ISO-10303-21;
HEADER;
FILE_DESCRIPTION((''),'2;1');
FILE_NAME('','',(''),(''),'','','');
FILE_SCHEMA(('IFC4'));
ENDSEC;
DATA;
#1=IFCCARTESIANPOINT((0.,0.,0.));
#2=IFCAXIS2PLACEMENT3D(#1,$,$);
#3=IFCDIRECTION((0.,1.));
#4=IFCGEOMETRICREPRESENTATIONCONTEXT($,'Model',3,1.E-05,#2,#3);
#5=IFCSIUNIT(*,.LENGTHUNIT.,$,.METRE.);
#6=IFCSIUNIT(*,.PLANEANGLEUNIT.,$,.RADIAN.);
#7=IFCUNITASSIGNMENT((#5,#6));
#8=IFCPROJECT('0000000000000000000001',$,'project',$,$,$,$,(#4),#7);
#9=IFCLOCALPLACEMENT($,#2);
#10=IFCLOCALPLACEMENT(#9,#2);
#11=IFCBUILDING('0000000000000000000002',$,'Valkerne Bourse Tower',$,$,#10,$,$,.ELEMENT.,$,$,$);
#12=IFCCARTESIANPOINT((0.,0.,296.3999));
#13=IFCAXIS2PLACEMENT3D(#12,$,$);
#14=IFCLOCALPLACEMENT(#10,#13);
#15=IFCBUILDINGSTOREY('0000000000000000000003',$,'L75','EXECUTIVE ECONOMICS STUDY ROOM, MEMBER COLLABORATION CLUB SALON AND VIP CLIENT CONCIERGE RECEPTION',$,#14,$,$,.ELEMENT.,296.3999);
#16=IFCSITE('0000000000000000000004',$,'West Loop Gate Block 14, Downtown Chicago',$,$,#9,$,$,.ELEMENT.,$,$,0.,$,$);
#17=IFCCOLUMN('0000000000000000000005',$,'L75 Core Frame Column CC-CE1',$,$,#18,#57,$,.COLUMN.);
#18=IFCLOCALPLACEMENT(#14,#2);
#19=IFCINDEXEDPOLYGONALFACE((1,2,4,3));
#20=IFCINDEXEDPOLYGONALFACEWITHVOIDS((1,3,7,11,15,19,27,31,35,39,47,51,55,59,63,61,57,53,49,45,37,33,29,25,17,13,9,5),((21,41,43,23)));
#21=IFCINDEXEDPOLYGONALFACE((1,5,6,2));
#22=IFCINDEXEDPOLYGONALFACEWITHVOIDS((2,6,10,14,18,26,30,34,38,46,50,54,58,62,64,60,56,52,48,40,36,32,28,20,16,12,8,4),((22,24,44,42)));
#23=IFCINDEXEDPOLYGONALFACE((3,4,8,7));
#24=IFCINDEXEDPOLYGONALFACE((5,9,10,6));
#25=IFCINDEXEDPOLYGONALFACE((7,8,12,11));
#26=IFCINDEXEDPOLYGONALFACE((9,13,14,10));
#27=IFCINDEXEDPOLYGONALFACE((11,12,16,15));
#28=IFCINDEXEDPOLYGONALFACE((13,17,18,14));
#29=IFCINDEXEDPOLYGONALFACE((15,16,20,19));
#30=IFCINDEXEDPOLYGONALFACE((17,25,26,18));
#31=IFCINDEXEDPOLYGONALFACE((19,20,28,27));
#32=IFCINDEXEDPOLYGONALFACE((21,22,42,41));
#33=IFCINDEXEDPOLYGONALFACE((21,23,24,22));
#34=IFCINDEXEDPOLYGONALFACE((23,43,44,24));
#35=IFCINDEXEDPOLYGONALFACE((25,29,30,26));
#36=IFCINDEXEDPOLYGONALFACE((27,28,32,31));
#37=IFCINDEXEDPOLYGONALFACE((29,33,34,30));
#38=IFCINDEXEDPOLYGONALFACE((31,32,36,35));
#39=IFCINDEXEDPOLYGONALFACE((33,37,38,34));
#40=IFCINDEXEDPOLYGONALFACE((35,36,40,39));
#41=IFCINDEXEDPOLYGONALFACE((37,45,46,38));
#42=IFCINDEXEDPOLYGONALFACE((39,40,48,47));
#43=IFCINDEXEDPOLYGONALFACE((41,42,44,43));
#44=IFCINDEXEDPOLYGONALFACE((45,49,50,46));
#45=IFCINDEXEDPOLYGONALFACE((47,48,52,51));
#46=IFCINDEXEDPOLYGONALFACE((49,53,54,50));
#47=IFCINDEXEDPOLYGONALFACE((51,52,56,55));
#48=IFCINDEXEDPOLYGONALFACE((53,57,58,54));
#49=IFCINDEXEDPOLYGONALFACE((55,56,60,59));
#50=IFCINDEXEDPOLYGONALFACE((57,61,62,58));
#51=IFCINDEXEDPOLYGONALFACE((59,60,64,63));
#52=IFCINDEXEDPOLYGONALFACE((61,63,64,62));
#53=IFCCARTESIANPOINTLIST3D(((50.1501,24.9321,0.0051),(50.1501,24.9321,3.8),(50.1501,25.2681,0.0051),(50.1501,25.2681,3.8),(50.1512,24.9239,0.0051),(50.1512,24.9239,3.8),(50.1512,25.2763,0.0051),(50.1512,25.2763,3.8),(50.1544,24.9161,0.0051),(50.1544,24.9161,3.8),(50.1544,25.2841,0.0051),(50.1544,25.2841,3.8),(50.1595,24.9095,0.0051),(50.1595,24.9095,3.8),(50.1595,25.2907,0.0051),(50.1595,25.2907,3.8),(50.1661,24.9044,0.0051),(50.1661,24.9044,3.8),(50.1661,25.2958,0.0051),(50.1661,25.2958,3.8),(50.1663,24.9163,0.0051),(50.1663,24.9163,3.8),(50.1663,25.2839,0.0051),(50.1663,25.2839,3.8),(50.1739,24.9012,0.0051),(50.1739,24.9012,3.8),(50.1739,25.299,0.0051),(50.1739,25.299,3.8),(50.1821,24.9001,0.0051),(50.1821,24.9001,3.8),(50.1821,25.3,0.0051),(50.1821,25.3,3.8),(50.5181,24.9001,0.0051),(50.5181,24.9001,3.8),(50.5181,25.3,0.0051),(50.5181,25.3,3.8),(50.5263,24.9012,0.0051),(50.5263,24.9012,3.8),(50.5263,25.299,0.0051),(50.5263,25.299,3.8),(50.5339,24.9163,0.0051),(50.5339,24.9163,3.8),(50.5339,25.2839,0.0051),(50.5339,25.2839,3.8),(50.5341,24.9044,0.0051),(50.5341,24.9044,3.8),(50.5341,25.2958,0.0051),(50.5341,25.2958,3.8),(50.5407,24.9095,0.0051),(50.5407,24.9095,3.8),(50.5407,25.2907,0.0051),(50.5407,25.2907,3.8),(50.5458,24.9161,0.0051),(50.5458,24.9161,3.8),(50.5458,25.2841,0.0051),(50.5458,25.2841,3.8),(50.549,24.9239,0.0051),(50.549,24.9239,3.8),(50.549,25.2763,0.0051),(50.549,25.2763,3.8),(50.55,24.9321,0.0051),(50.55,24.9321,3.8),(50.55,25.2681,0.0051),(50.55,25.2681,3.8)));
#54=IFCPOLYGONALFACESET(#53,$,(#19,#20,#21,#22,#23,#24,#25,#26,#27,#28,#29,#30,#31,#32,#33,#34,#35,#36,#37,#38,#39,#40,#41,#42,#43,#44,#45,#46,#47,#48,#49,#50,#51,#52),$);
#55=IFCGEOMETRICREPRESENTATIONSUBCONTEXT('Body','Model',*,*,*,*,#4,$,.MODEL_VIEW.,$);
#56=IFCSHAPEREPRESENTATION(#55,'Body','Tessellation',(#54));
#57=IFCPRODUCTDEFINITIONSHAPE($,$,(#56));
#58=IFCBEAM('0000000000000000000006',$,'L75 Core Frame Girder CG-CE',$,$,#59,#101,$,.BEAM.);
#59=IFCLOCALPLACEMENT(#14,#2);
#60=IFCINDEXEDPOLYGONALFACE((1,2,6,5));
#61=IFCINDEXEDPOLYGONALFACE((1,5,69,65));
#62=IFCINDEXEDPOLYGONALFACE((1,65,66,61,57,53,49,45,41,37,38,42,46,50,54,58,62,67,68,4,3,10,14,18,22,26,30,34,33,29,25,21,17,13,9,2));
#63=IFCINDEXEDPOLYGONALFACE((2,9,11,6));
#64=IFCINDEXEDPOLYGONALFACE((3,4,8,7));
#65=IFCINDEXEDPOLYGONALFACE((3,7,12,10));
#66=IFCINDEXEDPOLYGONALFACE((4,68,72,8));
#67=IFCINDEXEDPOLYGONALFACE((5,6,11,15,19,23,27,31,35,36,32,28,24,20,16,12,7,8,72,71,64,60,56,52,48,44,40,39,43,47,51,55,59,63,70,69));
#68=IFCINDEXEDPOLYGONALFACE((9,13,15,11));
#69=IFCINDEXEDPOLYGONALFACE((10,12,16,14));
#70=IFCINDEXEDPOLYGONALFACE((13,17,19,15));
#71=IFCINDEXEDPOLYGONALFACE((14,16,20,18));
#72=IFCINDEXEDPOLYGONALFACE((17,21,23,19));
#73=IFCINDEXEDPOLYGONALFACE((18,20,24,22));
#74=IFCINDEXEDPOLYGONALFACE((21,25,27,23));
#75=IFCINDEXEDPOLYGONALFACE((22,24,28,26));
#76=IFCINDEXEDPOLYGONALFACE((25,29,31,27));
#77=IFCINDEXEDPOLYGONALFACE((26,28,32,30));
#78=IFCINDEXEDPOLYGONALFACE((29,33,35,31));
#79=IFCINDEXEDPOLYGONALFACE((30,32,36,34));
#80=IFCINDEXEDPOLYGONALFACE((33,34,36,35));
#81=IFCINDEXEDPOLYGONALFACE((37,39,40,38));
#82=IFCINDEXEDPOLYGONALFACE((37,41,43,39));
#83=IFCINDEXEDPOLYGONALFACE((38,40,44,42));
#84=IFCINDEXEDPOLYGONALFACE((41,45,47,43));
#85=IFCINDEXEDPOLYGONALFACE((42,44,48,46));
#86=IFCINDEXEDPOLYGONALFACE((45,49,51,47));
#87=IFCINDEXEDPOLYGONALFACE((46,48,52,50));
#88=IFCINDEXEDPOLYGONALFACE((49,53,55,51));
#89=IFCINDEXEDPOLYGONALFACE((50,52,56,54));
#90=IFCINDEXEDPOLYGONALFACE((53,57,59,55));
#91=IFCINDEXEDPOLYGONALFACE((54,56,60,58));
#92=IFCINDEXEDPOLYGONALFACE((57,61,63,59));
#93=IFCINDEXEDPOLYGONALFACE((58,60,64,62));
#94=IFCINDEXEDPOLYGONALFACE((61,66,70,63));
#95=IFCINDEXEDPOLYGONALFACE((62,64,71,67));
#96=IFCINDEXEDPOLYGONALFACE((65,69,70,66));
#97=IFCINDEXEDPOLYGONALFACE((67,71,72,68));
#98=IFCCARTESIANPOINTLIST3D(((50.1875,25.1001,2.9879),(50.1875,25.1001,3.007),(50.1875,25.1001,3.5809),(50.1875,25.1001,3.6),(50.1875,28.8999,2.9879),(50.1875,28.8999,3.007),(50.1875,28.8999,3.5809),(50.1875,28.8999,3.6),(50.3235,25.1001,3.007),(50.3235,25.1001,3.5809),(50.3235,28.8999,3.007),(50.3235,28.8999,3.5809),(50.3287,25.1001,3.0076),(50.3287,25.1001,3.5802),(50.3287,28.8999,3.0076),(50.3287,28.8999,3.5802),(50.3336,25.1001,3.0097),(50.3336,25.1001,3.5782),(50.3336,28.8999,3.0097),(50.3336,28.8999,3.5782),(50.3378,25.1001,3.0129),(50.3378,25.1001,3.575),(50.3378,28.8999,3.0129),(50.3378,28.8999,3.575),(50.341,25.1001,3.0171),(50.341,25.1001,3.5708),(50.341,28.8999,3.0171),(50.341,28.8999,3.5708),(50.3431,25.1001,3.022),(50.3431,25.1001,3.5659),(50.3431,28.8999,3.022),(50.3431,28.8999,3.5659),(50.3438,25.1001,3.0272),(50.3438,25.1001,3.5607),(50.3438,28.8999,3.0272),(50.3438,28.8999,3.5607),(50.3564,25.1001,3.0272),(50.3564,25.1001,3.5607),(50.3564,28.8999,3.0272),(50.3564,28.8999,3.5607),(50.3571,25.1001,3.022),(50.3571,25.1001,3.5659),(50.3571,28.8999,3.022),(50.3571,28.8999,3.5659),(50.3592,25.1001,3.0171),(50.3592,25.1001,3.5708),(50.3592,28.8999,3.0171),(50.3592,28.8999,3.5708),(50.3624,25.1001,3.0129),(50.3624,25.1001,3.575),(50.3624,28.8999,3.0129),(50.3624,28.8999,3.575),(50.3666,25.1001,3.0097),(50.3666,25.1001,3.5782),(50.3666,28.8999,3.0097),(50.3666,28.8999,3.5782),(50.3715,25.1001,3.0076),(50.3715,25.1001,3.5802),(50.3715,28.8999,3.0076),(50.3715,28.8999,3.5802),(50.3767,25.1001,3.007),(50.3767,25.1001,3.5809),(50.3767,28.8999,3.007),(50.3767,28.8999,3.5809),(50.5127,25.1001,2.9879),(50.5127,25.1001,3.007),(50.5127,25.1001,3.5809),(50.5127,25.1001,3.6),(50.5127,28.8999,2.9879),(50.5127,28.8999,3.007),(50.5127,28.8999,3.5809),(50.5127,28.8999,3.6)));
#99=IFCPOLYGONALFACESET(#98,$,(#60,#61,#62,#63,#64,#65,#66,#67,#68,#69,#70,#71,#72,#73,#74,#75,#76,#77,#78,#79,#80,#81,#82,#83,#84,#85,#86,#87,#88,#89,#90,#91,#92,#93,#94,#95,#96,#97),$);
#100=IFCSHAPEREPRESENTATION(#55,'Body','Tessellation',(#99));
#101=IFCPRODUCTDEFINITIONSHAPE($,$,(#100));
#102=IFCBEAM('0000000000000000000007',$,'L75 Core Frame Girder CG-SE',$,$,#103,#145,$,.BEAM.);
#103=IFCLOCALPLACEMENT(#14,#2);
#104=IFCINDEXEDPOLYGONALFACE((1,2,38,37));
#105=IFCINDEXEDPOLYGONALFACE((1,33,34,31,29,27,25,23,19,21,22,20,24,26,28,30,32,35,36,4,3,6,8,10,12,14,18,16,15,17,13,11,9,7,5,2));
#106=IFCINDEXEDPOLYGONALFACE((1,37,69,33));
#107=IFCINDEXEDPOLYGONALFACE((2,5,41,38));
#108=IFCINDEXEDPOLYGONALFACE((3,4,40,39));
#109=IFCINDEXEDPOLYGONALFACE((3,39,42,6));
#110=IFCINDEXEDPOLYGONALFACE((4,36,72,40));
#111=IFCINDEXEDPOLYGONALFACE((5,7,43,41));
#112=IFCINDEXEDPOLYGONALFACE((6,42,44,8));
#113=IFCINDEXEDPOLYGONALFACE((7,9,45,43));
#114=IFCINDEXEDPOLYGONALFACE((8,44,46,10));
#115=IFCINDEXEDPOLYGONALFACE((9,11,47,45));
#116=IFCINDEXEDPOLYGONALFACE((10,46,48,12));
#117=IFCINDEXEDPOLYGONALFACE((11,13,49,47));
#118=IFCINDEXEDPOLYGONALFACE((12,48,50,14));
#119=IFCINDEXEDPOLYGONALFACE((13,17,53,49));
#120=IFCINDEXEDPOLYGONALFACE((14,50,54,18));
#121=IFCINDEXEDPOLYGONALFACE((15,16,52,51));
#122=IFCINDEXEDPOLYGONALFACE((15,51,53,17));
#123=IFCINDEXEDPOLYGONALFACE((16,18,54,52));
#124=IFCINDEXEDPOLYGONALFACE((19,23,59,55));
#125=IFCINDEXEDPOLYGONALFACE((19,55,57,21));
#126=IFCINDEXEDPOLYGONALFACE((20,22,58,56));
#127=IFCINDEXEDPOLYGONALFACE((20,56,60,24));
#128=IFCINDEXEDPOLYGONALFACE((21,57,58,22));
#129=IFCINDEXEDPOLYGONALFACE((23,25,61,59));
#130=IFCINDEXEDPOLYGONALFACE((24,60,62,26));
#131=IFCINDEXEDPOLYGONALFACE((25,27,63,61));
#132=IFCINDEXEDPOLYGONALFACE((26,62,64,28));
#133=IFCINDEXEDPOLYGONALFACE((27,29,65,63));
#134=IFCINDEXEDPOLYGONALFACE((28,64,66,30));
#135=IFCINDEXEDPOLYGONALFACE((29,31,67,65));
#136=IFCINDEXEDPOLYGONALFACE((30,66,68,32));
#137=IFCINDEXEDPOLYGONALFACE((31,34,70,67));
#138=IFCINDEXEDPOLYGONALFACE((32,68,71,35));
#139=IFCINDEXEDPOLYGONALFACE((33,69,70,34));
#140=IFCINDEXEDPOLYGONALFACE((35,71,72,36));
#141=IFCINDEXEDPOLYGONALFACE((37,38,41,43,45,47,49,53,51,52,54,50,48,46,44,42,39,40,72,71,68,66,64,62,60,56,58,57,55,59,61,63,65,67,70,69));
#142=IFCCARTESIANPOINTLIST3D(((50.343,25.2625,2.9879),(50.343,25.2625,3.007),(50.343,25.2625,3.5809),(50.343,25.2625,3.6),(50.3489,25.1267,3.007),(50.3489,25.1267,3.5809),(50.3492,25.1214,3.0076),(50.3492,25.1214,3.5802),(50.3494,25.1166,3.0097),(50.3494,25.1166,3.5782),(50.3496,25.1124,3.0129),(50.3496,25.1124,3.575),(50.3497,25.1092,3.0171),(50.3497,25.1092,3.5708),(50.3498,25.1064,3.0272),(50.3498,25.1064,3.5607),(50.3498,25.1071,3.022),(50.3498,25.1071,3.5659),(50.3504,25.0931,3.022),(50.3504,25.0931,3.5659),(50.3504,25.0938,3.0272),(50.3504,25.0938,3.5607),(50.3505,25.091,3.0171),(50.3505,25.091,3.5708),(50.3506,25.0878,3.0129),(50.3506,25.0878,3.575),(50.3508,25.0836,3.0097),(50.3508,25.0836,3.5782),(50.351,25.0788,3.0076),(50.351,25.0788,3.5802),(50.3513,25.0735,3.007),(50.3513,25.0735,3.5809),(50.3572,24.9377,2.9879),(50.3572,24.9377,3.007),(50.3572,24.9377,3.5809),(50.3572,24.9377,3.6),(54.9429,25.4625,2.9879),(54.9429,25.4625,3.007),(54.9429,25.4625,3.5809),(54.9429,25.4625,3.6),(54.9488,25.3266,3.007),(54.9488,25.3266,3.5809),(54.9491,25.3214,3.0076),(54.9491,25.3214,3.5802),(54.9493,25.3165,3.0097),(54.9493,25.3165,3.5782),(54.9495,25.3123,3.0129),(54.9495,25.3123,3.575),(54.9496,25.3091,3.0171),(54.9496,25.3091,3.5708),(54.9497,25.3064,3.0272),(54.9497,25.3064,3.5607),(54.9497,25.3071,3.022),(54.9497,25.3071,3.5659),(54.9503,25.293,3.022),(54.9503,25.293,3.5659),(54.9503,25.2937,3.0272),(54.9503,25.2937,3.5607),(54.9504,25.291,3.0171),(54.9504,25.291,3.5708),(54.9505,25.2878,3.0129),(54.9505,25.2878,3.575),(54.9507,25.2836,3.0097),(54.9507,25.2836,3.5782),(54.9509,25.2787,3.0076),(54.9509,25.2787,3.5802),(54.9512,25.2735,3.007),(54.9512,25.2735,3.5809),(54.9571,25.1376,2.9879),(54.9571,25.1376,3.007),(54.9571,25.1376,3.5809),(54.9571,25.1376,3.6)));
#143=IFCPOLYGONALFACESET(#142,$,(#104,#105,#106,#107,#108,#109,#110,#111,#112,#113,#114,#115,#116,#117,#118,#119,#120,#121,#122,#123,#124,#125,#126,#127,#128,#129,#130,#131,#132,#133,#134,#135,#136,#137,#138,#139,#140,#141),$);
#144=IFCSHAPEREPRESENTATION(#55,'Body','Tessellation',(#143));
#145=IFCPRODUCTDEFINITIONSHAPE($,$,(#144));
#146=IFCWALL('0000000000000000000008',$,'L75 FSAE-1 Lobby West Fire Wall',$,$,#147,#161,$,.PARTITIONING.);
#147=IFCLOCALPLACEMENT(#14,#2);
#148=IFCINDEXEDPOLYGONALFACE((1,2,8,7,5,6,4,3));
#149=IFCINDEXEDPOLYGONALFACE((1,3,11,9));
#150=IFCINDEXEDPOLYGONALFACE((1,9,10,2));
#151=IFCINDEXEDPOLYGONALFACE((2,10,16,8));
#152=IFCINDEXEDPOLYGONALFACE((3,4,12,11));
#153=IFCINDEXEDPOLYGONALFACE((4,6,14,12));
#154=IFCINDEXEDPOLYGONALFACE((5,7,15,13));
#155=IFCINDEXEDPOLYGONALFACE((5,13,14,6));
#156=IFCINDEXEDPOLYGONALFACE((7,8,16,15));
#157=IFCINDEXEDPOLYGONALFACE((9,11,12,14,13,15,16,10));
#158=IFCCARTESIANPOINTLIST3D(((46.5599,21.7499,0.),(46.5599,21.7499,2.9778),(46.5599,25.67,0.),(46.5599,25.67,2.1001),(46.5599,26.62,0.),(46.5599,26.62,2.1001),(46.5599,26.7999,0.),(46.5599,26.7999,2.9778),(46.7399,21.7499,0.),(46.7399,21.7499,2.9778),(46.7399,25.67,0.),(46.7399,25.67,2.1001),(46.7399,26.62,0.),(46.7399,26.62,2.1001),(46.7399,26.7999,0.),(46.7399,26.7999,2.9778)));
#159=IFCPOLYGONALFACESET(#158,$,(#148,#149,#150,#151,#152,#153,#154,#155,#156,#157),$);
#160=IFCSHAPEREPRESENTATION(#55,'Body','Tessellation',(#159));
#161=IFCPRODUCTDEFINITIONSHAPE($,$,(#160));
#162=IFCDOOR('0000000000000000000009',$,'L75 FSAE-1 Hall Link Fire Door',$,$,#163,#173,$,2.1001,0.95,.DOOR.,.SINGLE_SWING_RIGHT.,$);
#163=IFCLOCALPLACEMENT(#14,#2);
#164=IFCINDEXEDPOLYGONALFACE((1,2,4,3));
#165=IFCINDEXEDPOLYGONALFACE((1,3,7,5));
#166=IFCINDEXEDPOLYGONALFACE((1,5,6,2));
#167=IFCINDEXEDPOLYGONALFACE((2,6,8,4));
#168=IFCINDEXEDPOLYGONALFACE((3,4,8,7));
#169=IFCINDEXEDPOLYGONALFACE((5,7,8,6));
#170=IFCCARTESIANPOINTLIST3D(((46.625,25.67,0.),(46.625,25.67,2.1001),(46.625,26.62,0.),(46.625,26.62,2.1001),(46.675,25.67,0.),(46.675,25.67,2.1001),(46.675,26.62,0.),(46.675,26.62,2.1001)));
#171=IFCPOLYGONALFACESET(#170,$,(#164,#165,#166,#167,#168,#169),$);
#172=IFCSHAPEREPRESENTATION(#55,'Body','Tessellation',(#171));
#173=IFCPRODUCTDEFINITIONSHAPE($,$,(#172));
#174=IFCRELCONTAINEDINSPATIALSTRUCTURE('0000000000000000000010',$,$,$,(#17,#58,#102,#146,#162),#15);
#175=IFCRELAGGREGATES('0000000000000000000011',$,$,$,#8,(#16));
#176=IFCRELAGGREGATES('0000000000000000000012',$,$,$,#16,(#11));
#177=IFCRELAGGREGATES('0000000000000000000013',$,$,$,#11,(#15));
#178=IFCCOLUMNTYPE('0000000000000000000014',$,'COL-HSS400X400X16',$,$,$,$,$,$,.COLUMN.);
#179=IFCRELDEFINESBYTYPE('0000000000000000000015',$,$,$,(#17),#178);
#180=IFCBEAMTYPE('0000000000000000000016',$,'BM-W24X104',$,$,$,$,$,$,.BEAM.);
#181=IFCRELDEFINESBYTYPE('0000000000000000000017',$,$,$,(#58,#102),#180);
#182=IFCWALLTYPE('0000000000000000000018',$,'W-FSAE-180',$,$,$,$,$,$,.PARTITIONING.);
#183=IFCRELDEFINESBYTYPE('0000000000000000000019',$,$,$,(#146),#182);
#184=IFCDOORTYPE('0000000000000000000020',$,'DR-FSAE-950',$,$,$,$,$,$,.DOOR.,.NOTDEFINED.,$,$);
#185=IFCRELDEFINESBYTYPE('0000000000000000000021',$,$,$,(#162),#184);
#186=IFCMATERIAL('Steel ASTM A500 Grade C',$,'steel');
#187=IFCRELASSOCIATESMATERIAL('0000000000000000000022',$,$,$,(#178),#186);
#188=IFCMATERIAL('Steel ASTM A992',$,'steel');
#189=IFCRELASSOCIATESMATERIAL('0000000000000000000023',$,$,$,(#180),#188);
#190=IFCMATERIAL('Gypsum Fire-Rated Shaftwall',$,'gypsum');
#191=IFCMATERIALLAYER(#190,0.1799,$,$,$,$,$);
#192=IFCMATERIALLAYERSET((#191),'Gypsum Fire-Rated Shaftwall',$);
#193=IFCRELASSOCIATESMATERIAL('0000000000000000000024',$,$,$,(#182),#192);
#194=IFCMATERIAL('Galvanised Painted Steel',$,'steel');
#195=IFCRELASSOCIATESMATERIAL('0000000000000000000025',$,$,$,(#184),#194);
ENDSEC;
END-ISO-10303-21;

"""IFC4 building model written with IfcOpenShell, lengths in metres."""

from ifc_helpers import new_model, si_unit, direction, frame, frame_2d, origin, origin_2d, place, context, subcontext, project, spatial, rectangle, hollow_rectangle, i_section, extrude, material, layer, layer_set, material_profile, profile_set, type_object, element, fill, save


model = new_model("IFC4")

# Units and contexts
model_context = context("Model", 3, precision=1e-05, world=origin(), true_north=direction((0.0, 1.0)))
body_context = subcontext(model_context, "Body", "Model", "MODEL_VIEW")
ifc_project = project(units=[si_unit("LENGTHUNIT", "METRE"), si_unit("PLANEANGLEUNIT", "RADIAN")], contexts=[model_context])

# Site, building, storey
site_placement = place(None, origin())
site = spatial("IfcSite", under=ifc_project, at=site_placement, Name="West Loop Gate Block 14, Downtown Chicago", CompositionType="ELEMENT", RefElevation=0.0)
building_placement = place(site_placement, origin())
building = spatial("IfcBuilding", under=site, at=building_placement, Name="Valkerne Bourse Tower", CompositionType="ELEMENT")
storey_placement = place(building_placement, frame((0.0, 0.0, 296.3999)))
storey = spatial("IfcBuildingStorey", under=building, at=storey_placement, Name="L75", Description="EXECUTIVE ECONOMICS STUDY ROOM, MEMBER COLLABORATION CLUB SALON AND VIP CLIENT CONCIERGE RECEPTION", CompositionType="ELEMENT", Elevation=296.3999)

# Column
ifc_material_1 = material(Name="Steel ASTM A500 Grade C", Category="steel")
ifc_material_profile_1 = material_profile(ifc_material_1, hollow_rectangle(XDim=0.3999, YDim=0.3999, WallThickness=0.0161, OuterFilletRadius=0.032, at=origin_2d()), Name="HSS400X400X16")
ifc_profile_set_1 = profile_set([ifc_material_profile_1], Name="Steel ASTM A500 Grade C")
column_type = type_object("IfcColumnType", Name="COL-HSS400X400X16", PredefinedType="COLUMN", material=ifc_profile_set_1)
column_placement = place(storey_placement, frame((50.3501, 25.1001, 0.0051), z_axis=(0.0, 0.0, 1.0), x_axis=(1.0, 0.0, 0.0)))
element("IfcColumn", 1, at=column_placement, inside=storey, type_object=column_type, Name="L75 Core Frame Column CC-CE1", PredefinedType="COLUMN", context=body_context, shape_type="SweptSolid", body=[
    extrude(hollow_rectangle(XDim=0.3999, YDim=0.3999, WallThickness=0.0161, OuterFilletRadius=0.032, at=origin_2d()), origin(), (0.0, 0.0, 1.0), 3.7949),
])

# Beams
ifc_material_2 = material(Name="Steel ASTM A992", Category="steel")
ifc_material_profile_2 = material_profile(ifc_material_2, i_section(OverallWidth=0.3252, OverallDepth=0.6121, WebThickness=0.0127, FlangeThickness=0.019, FilletRadius=0.0203, at=origin_2d()), Name="W24X104")
ifc_profile_set_2 = profile_set([ifc_material_profile_2], Name="Steel ASTM A992")
beam_type = type_object("IfcBeamType", Name="BM-W24X104", PredefinedType="BEAM", material=ifc_profile_set_2)
beam_1_placement = place(storey_placement, frame((50.3501, 25.1001, 3.2939), z_axis=(0.0, 1.0, 0.0), x_axis=(-1.0, 0.0, 0.0)))
element("IfcBeam", 2, at=beam_1_placement, inside=storey, type_object=beam_type, Name="L75 Core Frame Girder CG-CE", PredefinedType="BEAM", context=body_context, shape_type="SweptSolid", body=[
    extrude(i_section(OverallWidth=0.3252, OverallDepth=0.6121, WebThickness=0.0127, FlangeThickness=0.019, FilletRadius=0.0203, at=origin_2d()), origin(), (0.0, 0.0, 1.0), 3.7998),
])
beam_2_placement = place(storey_placement, frame((50.3501, 25.1001, 3.2939), z_axis=(0.999057, 0.043428, 0.0), x_axis=(-0.043428, 0.999057, 0.0)))
element("IfcBeam", 3, at=beam_2_placement, inside=storey, type_object=beam_type, Name="L75 Core Frame Girder CG-SE", PredefinedType="BEAM", context=body_context, shape_type="SweptSolid", body=[
    extrude(i_section(OverallWidth=0.3252, OverallDepth=0.6121, WebThickness=0.0127, FlangeThickness=0.019, FilletRadius=0.0203, at=origin_2d()), origin(), (0.0, 0.0, 1.0), 4.6042),
])

# Wall, opening, door
ifc_material_3 = material(Name="Gypsum Fire-Rated Shaftwall", Category="gypsum")
ifc_layer_1 = layer(ifc_material_3, 0.1799)
ifc_layer_set_1 = layer_set([ifc_layer_1], Name="Gypsum Fire-Rated Shaftwall")
wall_type_1 = type_object("IfcWallType", Name="W-FSAE-180", PredefinedType="PARTITIONING", material=ifc_layer_set_1)
wall_1_placement = place(storey_placement, frame((46.6499, 21.75, 0.0), z_axis=(0.0, 0.0, 1.0), x_axis=(0.0, 1.0, 0.0)))
wall_1 = element("IfcWall", 4, at=wall_1_placement, inside=storey, type_object=wall_type_1, Name="L75 FSAE-1 Lobby West Fire Wall", PredefinedType="PARTITIONING", context=body_context, shape_type="SweptSolid", body=[
    extrude(rectangle(XDim=5.05, YDim=0.1799, at=frame_2d((2.5249, 0.0))), origin(), (0.0, 0.0, 1.0), 2.9778),
])
opening_1_placement = place(wall_1_placement, frame((3.9199, 0.0, 0.0)))
opening_1 = element("IfcOpeningElement", 5, at=opening_1_placement, cuts=wall_1, PredefinedType="OPENING", context=body_context, shape_type="SweptSolid", body=[
    extrude(rectangle(XDim=0.95, YDim=2.1001, at=frame_2d((0.4751, 1.05))), frame((0.0, 0.0999, 0.0), z_axis=(0.0, -1.0, 0.0), x_axis=(1.0, 0.0, 0.0)), (0.0, 0.0, 1.0), 0.2),
])
ifc_material_4 = material(Name="Galvanised Painted Steel", Category="steel")
door_type_1 = type_object("IfcDoorType", Name="DR-FSAE-950", OperationType="NOTDEFINED", PredefinedType="DOOR", material=ifc_material_4)
door_1_placement = place(opening_1_placement, origin())
door_1 = element("IfcDoor", 6, at=door_1_placement, inside=storey, type_object=door_type_1, Name="L75 FSAE-1 Hall Link Fire Door", OperationType="SINGLE_SWING_RIGHT", OverallHeight=2.1001, OverallWidth=0.95, PredefinedType="DOOR", context=body_context, shape_type="SweptSolid", body=[
    extrude(rectangle(XDim=0.95, YDim=2.1001, at=frame_2d((0.4751, 1.05))), frame((0.0, 0.0249, 0.0), z_axis=(0.0, -1.0, 0.0), x_axis=(1.0, 0.0, 0.0)), (0.0, 0.0, 1.0), 0.05),
])
fill(opening_1, door_1)

save(model, "model.ifc")
